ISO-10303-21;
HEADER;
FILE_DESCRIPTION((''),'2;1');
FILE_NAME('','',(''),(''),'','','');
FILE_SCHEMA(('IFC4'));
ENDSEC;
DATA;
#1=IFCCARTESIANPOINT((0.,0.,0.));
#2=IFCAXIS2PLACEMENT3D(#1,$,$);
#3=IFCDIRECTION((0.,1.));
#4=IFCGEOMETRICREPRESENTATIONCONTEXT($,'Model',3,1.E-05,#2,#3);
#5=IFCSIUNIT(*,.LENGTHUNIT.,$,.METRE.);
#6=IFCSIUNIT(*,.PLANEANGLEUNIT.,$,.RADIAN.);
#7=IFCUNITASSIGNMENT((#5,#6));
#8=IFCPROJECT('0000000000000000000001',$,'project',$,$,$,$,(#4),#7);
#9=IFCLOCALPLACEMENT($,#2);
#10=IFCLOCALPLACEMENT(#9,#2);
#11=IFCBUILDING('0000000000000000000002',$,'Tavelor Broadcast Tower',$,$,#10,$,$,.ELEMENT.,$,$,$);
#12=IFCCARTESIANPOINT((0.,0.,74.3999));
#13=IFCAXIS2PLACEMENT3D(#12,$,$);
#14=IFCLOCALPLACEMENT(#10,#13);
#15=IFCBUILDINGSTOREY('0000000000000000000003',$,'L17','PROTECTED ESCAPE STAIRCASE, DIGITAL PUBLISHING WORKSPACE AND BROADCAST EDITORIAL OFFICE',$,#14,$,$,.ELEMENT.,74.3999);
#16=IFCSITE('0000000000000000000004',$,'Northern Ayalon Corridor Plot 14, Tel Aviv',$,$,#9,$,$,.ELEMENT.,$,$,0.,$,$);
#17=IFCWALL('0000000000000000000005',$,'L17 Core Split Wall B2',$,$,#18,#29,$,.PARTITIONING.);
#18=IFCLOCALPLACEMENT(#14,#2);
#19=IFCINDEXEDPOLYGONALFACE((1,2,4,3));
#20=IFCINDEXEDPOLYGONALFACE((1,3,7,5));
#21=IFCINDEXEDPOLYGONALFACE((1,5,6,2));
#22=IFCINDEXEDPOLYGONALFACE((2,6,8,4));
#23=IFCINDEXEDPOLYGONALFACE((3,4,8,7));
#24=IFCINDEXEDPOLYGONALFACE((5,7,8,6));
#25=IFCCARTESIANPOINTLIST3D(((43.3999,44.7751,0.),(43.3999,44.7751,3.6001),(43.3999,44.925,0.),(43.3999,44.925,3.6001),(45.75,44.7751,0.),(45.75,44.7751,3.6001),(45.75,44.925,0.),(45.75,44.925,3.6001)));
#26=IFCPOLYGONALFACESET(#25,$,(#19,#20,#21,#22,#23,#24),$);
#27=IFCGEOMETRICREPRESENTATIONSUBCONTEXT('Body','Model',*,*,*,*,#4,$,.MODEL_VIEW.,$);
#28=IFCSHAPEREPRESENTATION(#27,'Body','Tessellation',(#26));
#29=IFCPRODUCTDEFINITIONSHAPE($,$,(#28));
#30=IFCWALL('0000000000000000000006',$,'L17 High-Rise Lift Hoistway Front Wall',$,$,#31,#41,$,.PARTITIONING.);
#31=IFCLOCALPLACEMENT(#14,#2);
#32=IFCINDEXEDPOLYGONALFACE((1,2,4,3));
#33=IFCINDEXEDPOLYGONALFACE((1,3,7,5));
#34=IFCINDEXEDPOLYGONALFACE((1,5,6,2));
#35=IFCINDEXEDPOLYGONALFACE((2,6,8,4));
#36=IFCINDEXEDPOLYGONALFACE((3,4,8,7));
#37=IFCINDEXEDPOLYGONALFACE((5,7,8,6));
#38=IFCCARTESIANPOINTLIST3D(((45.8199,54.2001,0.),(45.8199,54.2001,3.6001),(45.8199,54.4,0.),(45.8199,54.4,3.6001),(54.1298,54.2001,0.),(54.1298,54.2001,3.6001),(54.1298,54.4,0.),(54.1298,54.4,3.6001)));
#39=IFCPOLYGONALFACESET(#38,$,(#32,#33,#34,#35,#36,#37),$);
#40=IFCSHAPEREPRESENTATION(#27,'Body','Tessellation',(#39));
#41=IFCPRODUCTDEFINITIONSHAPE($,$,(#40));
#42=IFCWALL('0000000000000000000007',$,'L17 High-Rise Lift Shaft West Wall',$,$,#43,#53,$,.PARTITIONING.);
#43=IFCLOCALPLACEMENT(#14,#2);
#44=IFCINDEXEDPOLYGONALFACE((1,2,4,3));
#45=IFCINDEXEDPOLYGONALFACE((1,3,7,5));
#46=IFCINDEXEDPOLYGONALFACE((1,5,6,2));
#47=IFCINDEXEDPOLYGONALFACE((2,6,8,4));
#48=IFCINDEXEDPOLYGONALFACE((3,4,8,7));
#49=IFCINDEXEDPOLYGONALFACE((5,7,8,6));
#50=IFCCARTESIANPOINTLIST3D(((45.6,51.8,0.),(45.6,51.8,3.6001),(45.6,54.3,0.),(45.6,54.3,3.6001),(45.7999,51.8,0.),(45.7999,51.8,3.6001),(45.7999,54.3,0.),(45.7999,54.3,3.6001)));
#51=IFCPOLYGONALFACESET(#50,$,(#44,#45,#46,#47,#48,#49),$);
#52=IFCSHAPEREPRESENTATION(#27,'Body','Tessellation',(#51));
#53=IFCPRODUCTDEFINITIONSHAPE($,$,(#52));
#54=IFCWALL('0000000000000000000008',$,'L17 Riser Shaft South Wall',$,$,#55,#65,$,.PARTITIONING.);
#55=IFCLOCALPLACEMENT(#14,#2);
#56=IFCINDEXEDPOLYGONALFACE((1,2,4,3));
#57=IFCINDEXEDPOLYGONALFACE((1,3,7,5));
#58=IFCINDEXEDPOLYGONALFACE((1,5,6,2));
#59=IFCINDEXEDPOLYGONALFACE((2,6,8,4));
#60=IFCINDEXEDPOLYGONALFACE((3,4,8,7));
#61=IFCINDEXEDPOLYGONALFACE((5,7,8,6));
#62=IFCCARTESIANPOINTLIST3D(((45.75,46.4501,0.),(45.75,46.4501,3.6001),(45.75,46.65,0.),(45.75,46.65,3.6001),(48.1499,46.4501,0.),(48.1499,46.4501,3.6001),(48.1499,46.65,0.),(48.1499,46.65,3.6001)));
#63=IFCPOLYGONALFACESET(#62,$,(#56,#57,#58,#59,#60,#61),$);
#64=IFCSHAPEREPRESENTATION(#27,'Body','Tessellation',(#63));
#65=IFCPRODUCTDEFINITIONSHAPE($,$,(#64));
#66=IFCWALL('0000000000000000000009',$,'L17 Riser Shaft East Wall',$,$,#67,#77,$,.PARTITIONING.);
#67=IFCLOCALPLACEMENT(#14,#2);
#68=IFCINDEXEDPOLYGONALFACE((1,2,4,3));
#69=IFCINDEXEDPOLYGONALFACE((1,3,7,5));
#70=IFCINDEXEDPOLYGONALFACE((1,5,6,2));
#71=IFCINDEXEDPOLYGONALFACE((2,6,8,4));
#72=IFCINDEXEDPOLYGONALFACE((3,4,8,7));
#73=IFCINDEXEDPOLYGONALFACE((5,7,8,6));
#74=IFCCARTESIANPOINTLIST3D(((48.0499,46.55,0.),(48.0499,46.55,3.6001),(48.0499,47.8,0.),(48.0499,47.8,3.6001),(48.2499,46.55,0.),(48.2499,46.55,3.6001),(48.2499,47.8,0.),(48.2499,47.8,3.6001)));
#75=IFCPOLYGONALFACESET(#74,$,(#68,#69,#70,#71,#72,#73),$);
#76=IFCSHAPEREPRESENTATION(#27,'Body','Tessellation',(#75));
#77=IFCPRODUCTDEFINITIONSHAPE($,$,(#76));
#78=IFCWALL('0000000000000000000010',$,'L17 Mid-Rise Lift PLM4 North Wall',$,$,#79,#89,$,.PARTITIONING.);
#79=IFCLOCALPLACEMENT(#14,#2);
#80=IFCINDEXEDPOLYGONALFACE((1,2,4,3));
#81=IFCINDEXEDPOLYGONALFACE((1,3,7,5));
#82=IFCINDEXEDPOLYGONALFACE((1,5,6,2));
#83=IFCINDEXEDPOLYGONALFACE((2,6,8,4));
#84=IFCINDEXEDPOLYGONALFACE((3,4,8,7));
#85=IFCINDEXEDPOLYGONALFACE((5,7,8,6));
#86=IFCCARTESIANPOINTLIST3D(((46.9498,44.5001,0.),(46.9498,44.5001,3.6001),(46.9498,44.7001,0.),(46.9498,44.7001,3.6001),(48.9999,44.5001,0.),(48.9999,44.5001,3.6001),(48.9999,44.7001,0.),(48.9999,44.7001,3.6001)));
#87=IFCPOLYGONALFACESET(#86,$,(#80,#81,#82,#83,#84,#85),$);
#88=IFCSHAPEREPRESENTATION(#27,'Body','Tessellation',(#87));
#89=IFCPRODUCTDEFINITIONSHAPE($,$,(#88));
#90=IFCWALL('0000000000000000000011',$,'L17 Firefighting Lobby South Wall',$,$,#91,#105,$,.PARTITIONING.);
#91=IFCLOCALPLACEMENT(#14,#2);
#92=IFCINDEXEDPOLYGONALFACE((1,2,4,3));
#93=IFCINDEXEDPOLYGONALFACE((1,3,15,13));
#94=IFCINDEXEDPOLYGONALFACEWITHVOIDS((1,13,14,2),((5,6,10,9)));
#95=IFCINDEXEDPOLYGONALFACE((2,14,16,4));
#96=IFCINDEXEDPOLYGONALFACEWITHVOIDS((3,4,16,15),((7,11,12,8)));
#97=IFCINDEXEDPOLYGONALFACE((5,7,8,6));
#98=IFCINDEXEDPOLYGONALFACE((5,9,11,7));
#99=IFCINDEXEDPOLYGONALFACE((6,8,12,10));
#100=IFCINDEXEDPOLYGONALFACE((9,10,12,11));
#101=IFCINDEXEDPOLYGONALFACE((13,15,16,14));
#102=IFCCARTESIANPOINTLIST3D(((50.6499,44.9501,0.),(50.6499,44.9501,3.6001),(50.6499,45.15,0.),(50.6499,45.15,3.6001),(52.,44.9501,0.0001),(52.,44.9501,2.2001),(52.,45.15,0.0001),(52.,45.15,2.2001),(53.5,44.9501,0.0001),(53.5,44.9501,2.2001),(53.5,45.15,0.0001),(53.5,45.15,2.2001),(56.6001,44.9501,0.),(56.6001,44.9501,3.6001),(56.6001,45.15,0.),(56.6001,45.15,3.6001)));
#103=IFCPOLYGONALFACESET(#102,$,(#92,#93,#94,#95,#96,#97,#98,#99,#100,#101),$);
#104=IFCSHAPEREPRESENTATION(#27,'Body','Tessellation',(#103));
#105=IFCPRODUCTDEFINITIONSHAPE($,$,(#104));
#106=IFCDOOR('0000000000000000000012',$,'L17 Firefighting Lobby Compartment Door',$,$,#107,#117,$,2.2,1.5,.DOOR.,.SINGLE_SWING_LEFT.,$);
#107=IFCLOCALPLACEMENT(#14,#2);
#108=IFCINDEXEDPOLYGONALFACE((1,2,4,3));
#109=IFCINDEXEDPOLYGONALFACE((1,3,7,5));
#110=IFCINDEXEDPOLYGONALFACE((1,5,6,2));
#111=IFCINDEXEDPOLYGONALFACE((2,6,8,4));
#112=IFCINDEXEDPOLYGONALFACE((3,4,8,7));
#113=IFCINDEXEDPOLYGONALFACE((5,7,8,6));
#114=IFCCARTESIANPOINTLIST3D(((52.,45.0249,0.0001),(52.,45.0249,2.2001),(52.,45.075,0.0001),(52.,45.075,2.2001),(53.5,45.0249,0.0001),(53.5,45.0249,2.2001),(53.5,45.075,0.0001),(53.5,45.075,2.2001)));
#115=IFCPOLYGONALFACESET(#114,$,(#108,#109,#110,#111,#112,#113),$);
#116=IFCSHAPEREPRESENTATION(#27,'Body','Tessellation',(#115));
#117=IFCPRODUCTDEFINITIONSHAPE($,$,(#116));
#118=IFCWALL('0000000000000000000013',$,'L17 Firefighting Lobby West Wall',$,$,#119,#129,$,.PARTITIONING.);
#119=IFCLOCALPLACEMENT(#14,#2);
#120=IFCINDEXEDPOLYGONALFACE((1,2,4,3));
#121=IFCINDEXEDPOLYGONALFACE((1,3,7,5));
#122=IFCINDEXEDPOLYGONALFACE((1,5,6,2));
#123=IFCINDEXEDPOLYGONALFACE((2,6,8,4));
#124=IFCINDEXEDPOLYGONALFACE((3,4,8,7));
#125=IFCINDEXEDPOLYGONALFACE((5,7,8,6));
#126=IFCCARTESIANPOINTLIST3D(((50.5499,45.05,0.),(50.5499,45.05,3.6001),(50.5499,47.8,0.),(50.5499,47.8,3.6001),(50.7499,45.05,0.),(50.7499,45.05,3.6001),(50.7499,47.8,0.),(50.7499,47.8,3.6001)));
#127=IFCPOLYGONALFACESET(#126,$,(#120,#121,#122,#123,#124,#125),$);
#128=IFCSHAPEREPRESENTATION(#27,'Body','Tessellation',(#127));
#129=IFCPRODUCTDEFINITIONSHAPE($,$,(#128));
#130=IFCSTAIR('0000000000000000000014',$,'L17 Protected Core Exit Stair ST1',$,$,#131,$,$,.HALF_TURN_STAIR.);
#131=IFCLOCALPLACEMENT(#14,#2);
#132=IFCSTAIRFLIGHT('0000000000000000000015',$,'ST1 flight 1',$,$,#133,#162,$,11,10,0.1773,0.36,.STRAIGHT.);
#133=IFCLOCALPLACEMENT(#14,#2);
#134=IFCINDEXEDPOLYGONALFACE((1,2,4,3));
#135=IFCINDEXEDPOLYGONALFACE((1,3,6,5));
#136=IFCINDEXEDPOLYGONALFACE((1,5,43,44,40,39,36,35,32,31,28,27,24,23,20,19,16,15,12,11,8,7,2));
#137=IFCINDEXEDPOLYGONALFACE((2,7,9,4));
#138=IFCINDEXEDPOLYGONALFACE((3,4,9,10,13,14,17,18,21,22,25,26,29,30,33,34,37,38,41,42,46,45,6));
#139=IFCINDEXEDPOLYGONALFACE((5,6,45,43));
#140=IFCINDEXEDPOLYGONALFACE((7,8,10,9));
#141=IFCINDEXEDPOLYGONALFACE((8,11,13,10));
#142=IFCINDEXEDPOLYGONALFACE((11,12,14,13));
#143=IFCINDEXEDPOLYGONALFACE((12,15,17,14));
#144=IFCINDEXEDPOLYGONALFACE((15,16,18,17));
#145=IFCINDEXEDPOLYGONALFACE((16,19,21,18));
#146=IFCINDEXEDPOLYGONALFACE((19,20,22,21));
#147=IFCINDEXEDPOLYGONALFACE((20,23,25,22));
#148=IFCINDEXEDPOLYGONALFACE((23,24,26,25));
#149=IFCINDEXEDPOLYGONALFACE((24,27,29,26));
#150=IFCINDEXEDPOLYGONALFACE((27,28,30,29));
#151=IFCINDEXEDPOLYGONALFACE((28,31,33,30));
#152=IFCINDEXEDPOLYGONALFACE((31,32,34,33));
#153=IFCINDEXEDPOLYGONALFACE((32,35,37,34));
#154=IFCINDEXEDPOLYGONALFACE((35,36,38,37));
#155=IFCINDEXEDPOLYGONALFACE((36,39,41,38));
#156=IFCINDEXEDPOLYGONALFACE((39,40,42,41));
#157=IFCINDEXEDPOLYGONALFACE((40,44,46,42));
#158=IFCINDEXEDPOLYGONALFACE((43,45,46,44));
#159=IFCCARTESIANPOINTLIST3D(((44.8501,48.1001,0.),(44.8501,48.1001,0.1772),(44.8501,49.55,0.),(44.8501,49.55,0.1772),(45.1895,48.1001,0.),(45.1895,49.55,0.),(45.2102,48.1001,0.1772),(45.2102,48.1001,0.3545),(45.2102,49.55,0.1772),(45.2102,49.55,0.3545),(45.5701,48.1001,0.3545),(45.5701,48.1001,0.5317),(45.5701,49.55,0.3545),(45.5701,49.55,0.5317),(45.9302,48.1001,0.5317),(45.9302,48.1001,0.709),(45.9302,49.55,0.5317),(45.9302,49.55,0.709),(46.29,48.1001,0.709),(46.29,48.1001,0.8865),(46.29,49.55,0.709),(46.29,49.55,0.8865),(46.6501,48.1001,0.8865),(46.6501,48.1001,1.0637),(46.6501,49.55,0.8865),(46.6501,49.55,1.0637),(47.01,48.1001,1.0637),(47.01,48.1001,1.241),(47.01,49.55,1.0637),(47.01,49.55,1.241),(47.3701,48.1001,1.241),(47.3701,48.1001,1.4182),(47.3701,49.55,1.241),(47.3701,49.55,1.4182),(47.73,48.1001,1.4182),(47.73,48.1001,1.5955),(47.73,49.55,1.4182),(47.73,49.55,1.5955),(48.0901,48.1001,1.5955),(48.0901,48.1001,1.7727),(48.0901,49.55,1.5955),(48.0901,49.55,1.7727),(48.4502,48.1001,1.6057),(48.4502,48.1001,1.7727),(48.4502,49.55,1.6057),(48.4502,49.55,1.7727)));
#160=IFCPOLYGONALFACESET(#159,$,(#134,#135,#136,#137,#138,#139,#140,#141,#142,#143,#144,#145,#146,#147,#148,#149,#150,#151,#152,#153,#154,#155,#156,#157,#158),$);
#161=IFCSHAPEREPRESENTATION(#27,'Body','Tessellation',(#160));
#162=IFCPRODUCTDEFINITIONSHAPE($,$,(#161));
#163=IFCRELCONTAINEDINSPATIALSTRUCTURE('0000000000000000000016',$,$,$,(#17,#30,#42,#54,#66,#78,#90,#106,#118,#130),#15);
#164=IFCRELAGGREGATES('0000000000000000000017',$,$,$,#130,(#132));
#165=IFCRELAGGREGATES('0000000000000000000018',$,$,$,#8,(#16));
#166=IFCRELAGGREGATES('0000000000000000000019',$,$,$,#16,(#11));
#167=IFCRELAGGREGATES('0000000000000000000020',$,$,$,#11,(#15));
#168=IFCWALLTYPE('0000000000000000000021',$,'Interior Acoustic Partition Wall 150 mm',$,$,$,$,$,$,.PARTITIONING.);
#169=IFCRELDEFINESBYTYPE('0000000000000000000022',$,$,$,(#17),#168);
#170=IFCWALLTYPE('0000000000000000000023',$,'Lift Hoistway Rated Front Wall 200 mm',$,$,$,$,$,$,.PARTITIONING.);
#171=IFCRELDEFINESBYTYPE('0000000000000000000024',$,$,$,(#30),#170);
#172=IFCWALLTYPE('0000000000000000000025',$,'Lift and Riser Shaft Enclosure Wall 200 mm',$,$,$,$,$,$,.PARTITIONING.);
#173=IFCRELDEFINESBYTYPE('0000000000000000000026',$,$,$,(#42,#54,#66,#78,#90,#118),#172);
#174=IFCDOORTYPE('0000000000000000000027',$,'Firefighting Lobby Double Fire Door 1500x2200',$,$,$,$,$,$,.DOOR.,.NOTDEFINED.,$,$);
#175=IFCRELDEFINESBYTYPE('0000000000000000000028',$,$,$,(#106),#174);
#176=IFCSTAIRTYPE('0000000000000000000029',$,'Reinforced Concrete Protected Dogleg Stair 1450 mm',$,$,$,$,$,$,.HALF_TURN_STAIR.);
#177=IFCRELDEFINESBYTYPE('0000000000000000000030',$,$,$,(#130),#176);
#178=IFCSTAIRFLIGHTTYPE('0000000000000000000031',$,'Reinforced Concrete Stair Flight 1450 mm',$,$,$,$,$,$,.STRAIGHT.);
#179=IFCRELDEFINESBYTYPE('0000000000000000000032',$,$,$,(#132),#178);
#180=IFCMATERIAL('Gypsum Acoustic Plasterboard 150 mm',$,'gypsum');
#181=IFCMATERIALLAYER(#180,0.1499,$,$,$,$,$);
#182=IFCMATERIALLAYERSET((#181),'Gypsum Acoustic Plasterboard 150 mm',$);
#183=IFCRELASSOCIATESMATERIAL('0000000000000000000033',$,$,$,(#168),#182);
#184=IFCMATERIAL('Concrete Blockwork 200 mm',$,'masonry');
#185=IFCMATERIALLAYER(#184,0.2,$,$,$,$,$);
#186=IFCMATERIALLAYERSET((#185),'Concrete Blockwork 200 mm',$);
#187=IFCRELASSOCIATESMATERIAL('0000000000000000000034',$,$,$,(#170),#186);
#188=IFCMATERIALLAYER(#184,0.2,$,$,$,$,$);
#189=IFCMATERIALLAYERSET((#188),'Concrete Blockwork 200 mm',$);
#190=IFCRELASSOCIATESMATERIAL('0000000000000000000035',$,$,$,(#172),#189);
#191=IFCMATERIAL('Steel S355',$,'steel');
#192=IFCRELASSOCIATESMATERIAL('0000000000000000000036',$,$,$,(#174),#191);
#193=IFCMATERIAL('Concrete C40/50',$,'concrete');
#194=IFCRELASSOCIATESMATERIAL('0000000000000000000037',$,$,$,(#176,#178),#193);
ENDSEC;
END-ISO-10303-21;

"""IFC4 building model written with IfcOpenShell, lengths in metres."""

from ifc_helpers import new_model, si_unit, direction, frame, frame_2d, origin, place, context, subcontext, project, spatial, polyline, rectangle, outline, extrude, material, layer, layer_set, type_object, element, fill, aggregate, save


model = new_model("IFC4")

# Units and contexts
model_context = context("Model", 3, precision=1e-05, world=origin(), true_north=direction((0.0, 1.0)))
body_context = subcontext(model_context, "Body", "Model", "MODEL_VIEW")
ifc_project = project(units=[si_unit("LENGTHUNIT", "METRE"), si_unit("PLANEANGLEUNIT", "RADIAN")], contexts=[model_context])

# Site, building, storey
site_placement = place(None, origin())
site = spatial("IfcSite", under=ifc_project, at=site_placement, Name="Northern Ayalon Corridor Plot 14, Tel Aviv", CompositionType="ELEMENT", RefElevation=0.0)
building_placement = place(site_placement, origin())
building = spatial("IfcBuilding", under=site, at=building_placement, Name="Tavelor Broadcast Tower", CompositionType="ELEMENT")
storey_placement = place(building_placement, frame((0.0, 0.0, 74.3999)))
storey = spatial("IfcBuildingStorey", under=building, at=storey_placement, Name="L17", Description="PROTECTED ESCAPE STAIRCASE, DIGITAL PUBLISHING WORKSPACE AND BROADCAST EDITORIAL OFFICE", CompositionType="ELEMENT", Elevation=74.3999)

# Shared definitions
ifc_material_1 = material(Name="Concrete C40/50", Category="concrete")
ifc_material_2 = material(Name="Steel S355", Category="steel")

# Walls
ifc_material_3 = material(Name="Gypsum Acoustic Plasterboard 150 mm", Category="gypsum")
ifc_layer_1 = layer(ifc_material_3, 0.1499)
ifc_layer_set_1 = layer_set([ifc_layer_1], Name="Gypsum Acoustic Plasterboard 150 mm")
wall_type_1 = type_object("IfcWallType", Name="Interior Acoustic Partition Wall 150 mm", PredefinedType="PARTITIONING", material=ifc_layer_set_1)
wall_1_placement = place(storey_placement, frame((43.3999, 44.8501, 0.0), z_axis=(0.0, 0.0, 1.0), x_axis=(1.0, 0.0, 0.0)))
element("IfcWall", 1, at=wall_1_placement, inside=storey, type_object=wall_type_1, Name="L17 Core Split Wall B2", PredefinedType="PARTITIONING", context=body_context, shape_type="SweptSolid", body=[
    extrude(rectangle(XDim=2.3501, YDim=0.1499, at=frame_2d((1.175, 0.0))), origin(), (0.0, 0.0, 1.0), 3.6001),
])
ifc_material_4 = material(Name="Concrete Blockwork 200 mm", Category="masonry")
ifc_layer_2 = layer(ifc_material_4, 0.2)
ifc_layer_set_2 = layer_set([ifc_layer_2], Name="Concrete Blockwork 200 mm")
wall_type_2 = type_object("IfcWallType", Name="Lift Hoistway Rated Front Wall 200 mm", PredefinedType="PARTITIONING", material=ifc_layer_set_2)
wall_2_placement = place(storey_placement, frame((45.8201, 54.3, 0.0), z_axis=(0.0, 0.0, 1.0), x_axis=(1.0, 0.0, 0.0)))
element("IfcWall", 2, at=wall_2_placement, inside=storey, type_object=wall_type_2, Name="L17 High-Rise Lift Hoistway Front Wall", PredefinedType="PARTITIONING", context=body_context, shape_type="SweptSolid", body=[
    extrude(rectangle(XDim=8.3098, YDim=0.2, at=frame_2d((4.1548, 0.0))), origin(), (0.0, 0.0, 1.0), 3.6001),
])
ifc_layer_3 = layer(ifc_material_4, 0.2)
ifc_layer_set_3 = layer_set([ifc_layer_3], Name="Concrete Blockwork 200 mm")
wall_type_3 = type_object("IfcWallType", Name="Lift and Riser Shaft Enclosure Wall 200 mm", PredefinedType="PARTITIONING", material=ifc_layer_set_3)
wall_3_placement = place(storey_placement, frame((45.7, 51.8, 0.0), z_axis=(0.0, 0.0, 1.0), x_axis=(0.0, 1.0, 0.0)))
element("IfcWall", 3, at=wall_3_placement, inside=storey, type_object=wall_type_3, Name="L17 High-Rise Lift Shaft West Wall", PredefinedType="PARTITIONING", context=body_context, shape_type="SweptSolid", body=[
    extrude(rectangle(XDim=2.5, YDim=0.2, at=frame_2d((1.25, 0.0))), origin(), (0.0, 0.0, 1.0), 3.6001),
])
wall_4_placement = place(storey_placement, frame((45.75, 46.55, 0.0), z_axis=(0.0, 0.0, 1.0), x_axis=(1.0, 0.0, 0.0)))
element("IfcWall", 4, at=wall_4_placement, inside=storey, type_object=wall_type_3, Name="L17 Riser Shaft South Wall", PredefinedType="PARTITIONING", context=body_context, shape_type="SweptSolid", body=[
    extrude(rectangle(XDim=2.3999, YDim=0.2, at=frame_2d((1.2, 0.0))), origin(), (0.0, 0.0, 1.0), 3.6001),
])
wall_5_placement = place(storey_placement, frame((48.1499, 46.55, 0.0), z_axis=(0.0, 0.0, 1.0), x_axis=(0.0, 1.0, 0.0)))
element("IfcWall", 5, at=wall_5_placement, inside=storey, type_object=wall_type_3, Name="L17 Riser Shaft East Wall", PredefinedType="PARTITIONING", context=body_context, shape_type="SweptSolid", body=[
    extrude(rectangle(XDim=1.25, YDim=0.2, at=frame_2d((0.625, 0.0))), origin(), (0.0, 0.0, 1.0), 3.6001),
])
wall_6_placement = place(storey_placement, frame((46.95, 44.6001, 0.0), z_axis=(0.0, 0.0, 1.0), x_axis=(1.0, 0.0, 0.0)))
element("IfcWall", 6, at=wall_6_placement, inside=storey, type_object=wall_type_3, Name="L17 Mid-Rise Lift PLM4 North Wall", PredefinedType="PARTITIONING", context=body_context, shape_type="SweptSolid", body=[
    extrude(rectangle(XDim=2.05, YDim=0.2, at=frame_2d((1.0249, 0.0))), origin(), (0.0, 0.0, 1.0), 3.6001),
])

# Wall, opening, door
wall_7_placement = place(storey_placement, frame((50.6499, 45.05, 0.0), z_axis=(0.0, 0.0, 1.0), x_axis=(1.0, 0.0, 0.0)))
wall_7 = element("IfcWall", 7, at=wall_7_placement, inside=storey, type_object=wall_type_3, Name="L17 Firefighting Lobby South Wall", PredefinedType="PARTITIONING", context=body_context, shape_type="SweptSolid", body=[
    extrude(rectangle(XDim=5.9502, YDim=0.2, at=frame_2d((2.9751, 0.0))), origin(), (0.0, 0.0, 1.0), 3.6001),
])
opening_1_placement = place(wall_7_placement, frame((1.3501, 0.0, 0.0)))
opening_1 = element("IfcOpeningElement", 8, at=opening_1_placement, cuts=wall_7, PredefinedType="OPENING", context=body_context, shape_type="SweptSolid", body=[
    extrude(rectangle(XDim=1.5, YDim=2.2, at=frame_2d((0.75, 1.1001))), frame((0.0, 0.1099, 0.0), z_axis=(0.0, -1.0, 0.0), x_axis=(1.0, 0.0, 0.0)), (0.0, 0.0, 1.0), 0.22),
])
door_type_1 = type_object("IfcDoorType", Name="Firefighting Lobby Double Fire Door 1500x2200", OperationType="NOTDEFINED", PredefinedType="DOOR", material=ifc_material_2)
door_1_placement = place(opening_1_placement, origin())
door_1 = element("IfcDoor", 9, at=door_1_placement, inside=storey, type_object=door_type_1, Name="L17 Firefighting Lobby Compartment Door", OperationType="SINGLE_SWING_LEFT", OverallHeight=2.2, OverallWidth=1.5, PredefinedType="DOOR", context=body_context, shape_type="SweptSolid", body=[
    extrude(rectangle(XDim=1.5, YDim=2.2, at=frame_2d((0.75, 1.1001))), frame((0.0, 0.0249, 0.0), z_axis=(0.0, -1.0, 0.0), x_axis=(1.0, 0.0, 0.0)), (0.0, 0.0, 1.0), 0.05),
])
fill(opening_1, door_1)

# Wall
wall_8_placement = place(storey_placement, frame((50.6499, 45.05, 0.0), z_axis=(0.0, 0.0, 1.0), x_axis=(0.0, 1.0, 0.0)))
element("IfcWall", 10, at=wall_8_placement, inside=storey, type_object=wall_type_3, Name="L17 Firefighting Lobby West Wall", PredefinedType="PARTITIONING", context=body_context, shape_type="SweptSolid", body=[
    extrude(rectangle(XDim=2.75, YDim=0.2, at=frame_2d((1.375, 0.0))), origin(), (0.0, 0.0, 1.0), 3.6001),
])

# Stair, stair flight
stair_type = type_object("IfcStairType", Name="Reinforced Concrete Protected Dogleg Stair 1450 mm", PredefinedType="HALF_TURN_STAIR", material=ifc_material_1)
stair_placement = place(storey_placement, origin())
stair = element("IfcStair", 11, at=stair_placement, inside=storey, type_object=stair_type, Name="L17 Protected Core Exit Stair ST1", PredefinedType="HALF_TURN_STAIR")
stair_flight_type = type_object("IfcStairFlightType", Name="Reinforced Concrete Stair Flight 1450 mm", PredefinedType="STRAIGHT", material=ifc_material_1)
stair_flight_1_placement = place(storey_placement, frame((44.8501, 48.825, 0.0), z_axis=(0.0, 0.0, 1.0), x_axis=(1.0, 0.0, 0.0)))
stair_flight_1 = element("IfcStairFlight", 12, at=stair_flight_1_placement, type_object=stair_flight_type, Name="ST1 flight 1", NumberOfRisers=11, NumberOfTreads=10, PredefinedType="STRAIGHT", RiserHeight=0.1773, TreadLength=0.36, context=body_context, shape_type="SweptSolid", body=[
    extrude(outline(polyline([(0.0, 0.0), (0.0, 0.1772), (0.3601, 0.1772), (0.3601, 0.3545), (0.72, 0.3545), (0.72, 0.5317), (1.0801, 0.5317), (1.0801, 0.709), (1.4399, 0.709), (1.4399, 0.8865), (1.8, 0.8865), (1.8, 1.0637), (2.1599, 1.0637), (2.1599, 1.241), (2.52, 1.241), (2.52, 1.4182), (2.8799, 1.4182), (2.8799, 1.5955), (3.24, 1.5955), (3.24, 1.7727), (3.6001, 1.7727), (3.6001, 1.95), (3.6001, 1.6057), (0.3394, 0.0), (0.0, 0.0)])), frame((0.0, 0.7251, 0.0), z_axis=(0.0, -1.0, 0.0), x_axis=(1.0, 0.0, 0.0)), (0.0, 0.0, 1.0), 1.45),
])
aggregate(stair, [stair_flight_1])

save(model, "model.ifc")
